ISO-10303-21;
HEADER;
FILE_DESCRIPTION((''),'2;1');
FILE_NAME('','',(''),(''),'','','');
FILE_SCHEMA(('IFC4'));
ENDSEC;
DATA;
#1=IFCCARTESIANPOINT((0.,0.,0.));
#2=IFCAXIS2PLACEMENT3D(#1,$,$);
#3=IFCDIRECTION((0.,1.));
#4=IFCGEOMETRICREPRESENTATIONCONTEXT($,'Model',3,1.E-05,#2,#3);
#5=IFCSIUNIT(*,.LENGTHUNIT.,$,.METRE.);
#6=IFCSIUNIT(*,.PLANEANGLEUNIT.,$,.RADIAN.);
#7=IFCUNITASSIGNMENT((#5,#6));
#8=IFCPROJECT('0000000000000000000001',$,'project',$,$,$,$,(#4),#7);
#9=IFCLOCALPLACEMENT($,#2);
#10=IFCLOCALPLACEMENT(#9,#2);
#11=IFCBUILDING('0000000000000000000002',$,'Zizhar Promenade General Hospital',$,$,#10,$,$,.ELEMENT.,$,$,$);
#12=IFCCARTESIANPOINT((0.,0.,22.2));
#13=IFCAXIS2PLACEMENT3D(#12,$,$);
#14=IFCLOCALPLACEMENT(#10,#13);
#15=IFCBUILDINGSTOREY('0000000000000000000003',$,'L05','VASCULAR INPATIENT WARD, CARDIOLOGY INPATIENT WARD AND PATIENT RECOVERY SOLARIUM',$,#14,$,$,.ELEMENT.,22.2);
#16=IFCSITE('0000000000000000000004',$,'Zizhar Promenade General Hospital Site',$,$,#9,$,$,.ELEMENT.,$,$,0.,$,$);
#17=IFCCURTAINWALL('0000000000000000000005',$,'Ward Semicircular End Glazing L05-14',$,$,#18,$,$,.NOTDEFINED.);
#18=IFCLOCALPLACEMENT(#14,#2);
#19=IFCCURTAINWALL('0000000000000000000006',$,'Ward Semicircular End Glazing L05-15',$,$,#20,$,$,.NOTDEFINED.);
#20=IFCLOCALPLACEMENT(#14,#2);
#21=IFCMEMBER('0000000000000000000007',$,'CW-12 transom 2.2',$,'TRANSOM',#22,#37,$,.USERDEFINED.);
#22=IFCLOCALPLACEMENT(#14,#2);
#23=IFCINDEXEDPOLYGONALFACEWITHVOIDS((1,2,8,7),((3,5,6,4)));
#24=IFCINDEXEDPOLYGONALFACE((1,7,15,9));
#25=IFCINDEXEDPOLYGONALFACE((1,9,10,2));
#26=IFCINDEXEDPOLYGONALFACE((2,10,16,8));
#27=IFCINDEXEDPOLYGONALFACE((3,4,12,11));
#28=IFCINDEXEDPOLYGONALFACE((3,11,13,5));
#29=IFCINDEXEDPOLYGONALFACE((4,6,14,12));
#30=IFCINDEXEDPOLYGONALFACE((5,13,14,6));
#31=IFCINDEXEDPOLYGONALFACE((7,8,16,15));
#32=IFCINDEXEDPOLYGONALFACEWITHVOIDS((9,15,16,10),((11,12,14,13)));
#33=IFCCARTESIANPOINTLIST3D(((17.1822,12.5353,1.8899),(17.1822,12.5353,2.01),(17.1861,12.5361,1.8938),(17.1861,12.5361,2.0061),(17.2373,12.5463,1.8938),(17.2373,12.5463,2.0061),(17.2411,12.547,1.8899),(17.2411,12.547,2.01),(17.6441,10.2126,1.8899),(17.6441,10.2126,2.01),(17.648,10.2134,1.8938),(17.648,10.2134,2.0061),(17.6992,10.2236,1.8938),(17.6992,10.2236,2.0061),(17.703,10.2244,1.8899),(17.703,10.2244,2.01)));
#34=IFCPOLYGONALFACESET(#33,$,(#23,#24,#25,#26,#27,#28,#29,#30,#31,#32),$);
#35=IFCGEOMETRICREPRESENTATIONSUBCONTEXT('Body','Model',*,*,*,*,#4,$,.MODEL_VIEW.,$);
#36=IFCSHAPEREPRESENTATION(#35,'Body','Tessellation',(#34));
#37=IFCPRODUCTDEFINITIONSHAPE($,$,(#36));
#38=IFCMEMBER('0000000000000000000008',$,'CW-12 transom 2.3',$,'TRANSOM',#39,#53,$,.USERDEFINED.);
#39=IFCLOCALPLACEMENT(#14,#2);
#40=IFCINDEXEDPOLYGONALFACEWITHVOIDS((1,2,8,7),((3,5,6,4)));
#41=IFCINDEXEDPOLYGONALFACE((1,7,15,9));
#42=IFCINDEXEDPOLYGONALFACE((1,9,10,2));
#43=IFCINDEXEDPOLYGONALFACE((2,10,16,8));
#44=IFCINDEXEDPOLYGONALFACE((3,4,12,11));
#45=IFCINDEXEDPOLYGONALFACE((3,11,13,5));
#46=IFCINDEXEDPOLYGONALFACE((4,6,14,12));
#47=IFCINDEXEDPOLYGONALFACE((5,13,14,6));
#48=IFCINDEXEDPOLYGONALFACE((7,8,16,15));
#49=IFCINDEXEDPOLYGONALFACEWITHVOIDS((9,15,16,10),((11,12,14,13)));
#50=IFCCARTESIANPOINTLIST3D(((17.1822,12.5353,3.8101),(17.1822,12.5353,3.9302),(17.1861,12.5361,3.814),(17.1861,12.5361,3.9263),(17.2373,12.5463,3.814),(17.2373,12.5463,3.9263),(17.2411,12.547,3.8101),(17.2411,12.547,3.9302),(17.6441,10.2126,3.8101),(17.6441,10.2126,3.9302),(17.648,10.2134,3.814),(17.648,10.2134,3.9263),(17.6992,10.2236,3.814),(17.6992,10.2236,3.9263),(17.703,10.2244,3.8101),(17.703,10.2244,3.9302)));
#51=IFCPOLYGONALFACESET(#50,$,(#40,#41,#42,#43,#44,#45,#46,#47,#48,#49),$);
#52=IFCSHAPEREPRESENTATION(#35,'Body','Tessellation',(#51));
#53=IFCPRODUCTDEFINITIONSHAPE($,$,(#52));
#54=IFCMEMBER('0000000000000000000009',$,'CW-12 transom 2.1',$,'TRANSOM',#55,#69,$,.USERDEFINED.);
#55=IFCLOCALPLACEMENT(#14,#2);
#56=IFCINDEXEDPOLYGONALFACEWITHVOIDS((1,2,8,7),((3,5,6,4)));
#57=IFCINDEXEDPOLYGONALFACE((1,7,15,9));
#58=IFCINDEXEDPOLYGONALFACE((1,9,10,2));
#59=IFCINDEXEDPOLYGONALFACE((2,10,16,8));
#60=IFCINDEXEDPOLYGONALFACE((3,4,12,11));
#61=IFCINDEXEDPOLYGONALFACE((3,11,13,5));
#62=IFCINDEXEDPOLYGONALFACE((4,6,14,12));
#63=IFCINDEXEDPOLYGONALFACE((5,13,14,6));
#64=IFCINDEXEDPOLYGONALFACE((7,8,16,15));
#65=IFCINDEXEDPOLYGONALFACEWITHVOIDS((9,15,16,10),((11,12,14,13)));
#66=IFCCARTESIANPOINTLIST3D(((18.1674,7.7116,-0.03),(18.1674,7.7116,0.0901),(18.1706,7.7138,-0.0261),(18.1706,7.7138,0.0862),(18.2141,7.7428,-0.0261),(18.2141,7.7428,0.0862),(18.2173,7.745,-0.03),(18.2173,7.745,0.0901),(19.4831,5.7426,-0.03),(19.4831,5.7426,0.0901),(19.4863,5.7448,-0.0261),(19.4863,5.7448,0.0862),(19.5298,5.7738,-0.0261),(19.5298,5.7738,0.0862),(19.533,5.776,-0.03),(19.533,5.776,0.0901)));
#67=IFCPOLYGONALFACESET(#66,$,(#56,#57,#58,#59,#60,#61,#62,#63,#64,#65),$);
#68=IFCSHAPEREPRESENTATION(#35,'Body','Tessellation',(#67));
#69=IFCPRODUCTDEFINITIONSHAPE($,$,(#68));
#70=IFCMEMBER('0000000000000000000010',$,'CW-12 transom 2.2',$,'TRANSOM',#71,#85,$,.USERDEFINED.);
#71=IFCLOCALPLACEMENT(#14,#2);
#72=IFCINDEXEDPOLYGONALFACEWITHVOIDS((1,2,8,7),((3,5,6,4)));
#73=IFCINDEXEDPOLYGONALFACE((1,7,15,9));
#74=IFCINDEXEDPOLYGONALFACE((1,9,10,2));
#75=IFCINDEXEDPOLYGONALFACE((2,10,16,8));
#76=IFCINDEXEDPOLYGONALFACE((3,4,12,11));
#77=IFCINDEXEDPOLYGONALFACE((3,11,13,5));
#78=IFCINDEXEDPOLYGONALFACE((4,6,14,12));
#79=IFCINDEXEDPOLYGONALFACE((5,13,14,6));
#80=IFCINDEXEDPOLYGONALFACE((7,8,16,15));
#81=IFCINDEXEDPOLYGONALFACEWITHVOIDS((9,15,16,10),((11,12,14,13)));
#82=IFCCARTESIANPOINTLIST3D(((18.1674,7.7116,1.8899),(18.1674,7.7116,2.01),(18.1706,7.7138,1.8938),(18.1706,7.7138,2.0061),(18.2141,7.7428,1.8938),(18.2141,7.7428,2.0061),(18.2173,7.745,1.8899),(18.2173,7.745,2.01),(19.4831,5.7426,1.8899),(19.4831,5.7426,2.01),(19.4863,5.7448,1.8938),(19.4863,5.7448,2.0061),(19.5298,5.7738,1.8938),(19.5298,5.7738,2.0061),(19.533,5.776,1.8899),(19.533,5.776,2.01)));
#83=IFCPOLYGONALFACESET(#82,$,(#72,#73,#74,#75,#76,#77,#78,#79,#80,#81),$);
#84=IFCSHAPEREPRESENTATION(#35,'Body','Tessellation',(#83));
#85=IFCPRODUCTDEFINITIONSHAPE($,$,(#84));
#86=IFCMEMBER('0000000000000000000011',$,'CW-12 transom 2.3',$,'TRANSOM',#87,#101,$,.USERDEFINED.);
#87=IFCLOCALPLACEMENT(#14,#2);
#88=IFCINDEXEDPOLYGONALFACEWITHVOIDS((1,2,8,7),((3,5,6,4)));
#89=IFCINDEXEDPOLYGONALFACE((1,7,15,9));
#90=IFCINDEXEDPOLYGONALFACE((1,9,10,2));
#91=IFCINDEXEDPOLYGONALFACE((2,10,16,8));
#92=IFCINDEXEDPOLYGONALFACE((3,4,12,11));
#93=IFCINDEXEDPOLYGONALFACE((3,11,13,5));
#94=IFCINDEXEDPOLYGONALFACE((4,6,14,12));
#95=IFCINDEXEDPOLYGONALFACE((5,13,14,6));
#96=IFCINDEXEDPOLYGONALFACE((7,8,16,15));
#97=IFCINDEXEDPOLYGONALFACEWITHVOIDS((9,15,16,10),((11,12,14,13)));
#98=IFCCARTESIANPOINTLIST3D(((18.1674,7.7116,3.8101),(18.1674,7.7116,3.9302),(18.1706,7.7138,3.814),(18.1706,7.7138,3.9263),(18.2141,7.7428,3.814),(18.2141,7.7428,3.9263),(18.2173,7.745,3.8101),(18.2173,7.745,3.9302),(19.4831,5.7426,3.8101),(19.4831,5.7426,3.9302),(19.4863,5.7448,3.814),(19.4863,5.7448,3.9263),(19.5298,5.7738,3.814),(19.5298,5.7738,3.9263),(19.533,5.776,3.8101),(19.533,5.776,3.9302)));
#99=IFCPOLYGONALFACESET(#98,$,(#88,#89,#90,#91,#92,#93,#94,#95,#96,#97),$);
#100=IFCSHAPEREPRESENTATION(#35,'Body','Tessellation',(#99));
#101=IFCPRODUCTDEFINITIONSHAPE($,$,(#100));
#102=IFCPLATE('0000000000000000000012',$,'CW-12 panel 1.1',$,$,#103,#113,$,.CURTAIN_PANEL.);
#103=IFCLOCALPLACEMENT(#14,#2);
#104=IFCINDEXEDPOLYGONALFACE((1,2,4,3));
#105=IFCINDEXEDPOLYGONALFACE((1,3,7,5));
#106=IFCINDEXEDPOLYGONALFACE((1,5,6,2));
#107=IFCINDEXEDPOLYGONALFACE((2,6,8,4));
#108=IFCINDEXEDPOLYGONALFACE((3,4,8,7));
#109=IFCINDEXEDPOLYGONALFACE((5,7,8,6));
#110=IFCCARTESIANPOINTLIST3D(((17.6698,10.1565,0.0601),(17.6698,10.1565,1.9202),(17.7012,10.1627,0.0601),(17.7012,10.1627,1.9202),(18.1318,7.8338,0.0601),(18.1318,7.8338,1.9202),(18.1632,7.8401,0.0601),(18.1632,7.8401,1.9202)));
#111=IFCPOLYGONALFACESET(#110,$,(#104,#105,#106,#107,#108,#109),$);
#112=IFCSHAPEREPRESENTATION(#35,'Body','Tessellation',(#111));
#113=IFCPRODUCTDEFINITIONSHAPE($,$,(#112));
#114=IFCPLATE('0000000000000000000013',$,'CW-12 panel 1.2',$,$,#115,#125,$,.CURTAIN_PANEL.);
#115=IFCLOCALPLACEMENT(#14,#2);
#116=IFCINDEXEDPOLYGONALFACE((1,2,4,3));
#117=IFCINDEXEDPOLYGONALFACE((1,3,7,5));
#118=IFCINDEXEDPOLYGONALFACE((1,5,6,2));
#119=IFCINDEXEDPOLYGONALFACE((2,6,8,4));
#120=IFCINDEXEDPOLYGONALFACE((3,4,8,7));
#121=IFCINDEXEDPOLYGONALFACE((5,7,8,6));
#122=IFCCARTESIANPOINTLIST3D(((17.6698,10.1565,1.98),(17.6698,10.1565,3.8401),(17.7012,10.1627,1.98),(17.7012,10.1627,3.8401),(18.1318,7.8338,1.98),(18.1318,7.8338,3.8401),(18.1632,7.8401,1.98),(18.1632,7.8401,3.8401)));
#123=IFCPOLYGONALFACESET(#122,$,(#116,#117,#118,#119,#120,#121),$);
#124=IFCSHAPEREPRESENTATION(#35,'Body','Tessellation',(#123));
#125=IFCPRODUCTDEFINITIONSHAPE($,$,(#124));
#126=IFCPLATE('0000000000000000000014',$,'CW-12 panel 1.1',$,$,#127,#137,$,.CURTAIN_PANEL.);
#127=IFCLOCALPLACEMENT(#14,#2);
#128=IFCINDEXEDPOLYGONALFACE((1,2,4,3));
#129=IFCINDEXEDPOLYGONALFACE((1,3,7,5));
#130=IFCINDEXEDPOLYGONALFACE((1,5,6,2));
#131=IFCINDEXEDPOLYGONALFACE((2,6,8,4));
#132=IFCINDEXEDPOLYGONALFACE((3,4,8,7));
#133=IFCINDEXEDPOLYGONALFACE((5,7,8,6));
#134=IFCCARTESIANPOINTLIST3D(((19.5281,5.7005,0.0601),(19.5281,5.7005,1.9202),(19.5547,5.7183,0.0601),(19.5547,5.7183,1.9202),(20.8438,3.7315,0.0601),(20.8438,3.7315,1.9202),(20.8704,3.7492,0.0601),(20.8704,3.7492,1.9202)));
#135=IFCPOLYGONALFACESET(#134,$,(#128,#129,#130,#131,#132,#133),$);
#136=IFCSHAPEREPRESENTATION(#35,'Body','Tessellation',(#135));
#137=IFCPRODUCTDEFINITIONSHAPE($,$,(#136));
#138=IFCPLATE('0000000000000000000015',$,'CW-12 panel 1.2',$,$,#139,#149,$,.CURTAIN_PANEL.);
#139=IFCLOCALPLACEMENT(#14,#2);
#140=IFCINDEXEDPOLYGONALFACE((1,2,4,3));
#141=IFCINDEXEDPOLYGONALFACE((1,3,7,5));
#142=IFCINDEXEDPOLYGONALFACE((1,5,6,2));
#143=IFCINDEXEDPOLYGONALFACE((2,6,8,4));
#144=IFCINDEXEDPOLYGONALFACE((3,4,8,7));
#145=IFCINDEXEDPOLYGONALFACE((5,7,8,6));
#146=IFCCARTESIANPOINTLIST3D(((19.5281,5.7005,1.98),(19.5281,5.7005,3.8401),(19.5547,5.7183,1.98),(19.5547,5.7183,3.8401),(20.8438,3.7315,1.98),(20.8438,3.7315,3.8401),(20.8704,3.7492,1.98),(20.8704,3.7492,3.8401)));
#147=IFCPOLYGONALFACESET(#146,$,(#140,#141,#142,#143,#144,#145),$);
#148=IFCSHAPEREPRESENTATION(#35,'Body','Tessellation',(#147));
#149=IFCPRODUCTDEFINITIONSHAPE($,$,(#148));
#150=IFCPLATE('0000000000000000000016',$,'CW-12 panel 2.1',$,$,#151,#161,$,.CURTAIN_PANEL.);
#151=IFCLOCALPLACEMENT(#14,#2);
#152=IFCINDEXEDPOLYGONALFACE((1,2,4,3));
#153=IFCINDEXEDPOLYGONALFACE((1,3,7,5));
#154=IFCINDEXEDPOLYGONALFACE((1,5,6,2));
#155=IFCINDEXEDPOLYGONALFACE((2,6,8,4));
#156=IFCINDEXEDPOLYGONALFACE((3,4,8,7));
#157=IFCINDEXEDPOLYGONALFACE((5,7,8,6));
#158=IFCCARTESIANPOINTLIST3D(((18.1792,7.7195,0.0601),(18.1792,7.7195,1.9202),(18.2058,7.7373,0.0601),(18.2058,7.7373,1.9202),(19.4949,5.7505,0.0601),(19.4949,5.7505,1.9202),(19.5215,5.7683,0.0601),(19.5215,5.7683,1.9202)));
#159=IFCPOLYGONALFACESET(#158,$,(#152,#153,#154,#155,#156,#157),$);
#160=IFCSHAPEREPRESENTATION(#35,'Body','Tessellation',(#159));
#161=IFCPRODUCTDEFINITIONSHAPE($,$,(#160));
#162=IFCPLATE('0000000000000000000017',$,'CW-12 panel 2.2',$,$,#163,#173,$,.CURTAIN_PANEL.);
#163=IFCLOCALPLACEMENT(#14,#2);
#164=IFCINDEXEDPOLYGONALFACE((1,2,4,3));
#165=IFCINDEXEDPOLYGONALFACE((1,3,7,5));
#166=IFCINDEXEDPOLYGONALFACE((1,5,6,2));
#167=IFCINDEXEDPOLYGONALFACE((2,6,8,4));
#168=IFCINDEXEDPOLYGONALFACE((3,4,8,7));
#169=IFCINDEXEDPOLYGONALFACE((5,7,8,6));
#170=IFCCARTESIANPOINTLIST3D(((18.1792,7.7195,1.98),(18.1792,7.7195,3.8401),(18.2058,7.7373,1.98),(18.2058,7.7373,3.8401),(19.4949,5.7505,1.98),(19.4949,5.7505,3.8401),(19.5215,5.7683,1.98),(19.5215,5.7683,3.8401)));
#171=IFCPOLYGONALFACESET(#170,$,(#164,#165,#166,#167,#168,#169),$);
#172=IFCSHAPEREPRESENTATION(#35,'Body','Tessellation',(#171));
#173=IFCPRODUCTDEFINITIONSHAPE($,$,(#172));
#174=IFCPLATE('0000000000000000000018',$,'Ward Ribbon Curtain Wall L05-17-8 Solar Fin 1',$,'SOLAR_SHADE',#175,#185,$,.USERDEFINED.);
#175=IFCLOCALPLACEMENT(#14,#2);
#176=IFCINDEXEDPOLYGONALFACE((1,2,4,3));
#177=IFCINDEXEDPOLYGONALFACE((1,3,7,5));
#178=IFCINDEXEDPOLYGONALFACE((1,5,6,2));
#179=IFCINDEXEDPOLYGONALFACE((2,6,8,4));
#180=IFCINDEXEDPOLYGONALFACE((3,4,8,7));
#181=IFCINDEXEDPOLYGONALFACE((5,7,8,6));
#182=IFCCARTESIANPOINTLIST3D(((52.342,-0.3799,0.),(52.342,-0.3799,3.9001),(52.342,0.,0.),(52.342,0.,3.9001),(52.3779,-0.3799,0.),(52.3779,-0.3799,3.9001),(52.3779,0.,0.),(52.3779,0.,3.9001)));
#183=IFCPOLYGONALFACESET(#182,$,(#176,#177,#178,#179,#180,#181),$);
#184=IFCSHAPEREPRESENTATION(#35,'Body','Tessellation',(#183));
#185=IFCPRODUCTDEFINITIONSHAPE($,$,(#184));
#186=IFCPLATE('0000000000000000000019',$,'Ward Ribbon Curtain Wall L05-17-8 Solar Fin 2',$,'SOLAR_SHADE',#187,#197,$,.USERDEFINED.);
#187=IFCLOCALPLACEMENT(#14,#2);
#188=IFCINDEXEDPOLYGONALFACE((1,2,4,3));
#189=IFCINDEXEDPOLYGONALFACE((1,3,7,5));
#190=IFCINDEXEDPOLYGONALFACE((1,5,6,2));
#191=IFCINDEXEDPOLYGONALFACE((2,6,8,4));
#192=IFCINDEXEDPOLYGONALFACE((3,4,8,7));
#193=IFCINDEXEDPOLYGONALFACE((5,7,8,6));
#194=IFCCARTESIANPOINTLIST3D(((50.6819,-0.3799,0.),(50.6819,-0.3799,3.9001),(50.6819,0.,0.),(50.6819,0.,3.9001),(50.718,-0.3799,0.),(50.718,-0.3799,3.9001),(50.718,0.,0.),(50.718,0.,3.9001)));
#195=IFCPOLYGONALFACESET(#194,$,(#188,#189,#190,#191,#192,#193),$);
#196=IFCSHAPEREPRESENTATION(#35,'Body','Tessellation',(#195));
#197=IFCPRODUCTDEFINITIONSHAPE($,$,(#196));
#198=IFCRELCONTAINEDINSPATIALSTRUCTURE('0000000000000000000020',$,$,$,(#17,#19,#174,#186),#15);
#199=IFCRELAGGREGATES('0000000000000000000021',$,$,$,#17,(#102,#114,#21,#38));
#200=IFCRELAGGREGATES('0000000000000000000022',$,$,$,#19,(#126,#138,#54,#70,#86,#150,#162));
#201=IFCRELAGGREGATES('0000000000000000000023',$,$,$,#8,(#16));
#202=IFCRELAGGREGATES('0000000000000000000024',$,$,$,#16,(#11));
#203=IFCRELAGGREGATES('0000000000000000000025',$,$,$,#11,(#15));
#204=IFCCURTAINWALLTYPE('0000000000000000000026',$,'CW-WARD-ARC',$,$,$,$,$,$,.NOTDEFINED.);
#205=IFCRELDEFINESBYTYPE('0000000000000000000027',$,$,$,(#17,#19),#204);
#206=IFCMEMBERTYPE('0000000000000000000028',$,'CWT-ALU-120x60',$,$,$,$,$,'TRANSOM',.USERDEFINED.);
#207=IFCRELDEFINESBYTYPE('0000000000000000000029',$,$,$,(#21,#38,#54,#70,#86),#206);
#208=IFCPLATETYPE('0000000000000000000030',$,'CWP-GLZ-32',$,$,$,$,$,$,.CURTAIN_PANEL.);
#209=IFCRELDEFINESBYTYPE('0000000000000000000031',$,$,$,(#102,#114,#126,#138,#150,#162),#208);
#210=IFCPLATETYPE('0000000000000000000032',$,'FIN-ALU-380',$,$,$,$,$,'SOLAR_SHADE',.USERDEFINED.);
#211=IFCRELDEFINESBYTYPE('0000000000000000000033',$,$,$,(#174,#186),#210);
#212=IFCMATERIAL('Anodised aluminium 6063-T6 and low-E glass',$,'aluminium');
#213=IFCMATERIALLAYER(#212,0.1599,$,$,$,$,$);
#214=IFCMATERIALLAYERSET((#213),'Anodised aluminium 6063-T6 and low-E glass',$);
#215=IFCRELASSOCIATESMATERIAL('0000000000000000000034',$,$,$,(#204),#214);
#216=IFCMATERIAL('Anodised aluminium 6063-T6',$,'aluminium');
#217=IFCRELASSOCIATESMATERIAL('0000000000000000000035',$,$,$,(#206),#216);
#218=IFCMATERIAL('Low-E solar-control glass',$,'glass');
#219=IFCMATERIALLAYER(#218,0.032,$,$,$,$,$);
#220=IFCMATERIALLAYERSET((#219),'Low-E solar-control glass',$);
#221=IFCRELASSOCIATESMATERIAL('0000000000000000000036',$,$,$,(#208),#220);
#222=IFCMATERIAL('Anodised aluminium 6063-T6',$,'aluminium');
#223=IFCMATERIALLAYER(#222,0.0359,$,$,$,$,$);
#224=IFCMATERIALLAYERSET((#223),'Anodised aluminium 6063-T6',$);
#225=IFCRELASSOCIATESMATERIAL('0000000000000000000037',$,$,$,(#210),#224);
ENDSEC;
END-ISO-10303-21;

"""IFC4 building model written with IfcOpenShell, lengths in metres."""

from ifc_helpers import new_model, si_unit, direction, frame, origin, origin_2d, place, context, subcontext, project, spatial, polyline, rectangle, hollow_rectangle, outline, extrude, material, layer, layer_set, material_profile, profile_set, type_object, element, aggregate, save


model = new_model("IFC4")

# Units and contexts
model_context = context("Model", 3, precision=1e-05, world=origin(), true_north=direction((0.0, 1.0)))
body_context = subcontext(model_context, "Body", "Model", "MODEL_VIEW")
ifc_project = project(units=[si_unit("LENGTHUNIT", "METRE"), si_unit("PLANEANGLEUNIT", "RADIAN")], contexts=[model_context])

# Site, building, storey
site_placement = place(None, origin())
site = spatial("IfcSite", under=ifc_project, at=site_placement, Name="Zizhar Promenade General Hospital Site", CompositionType="ELEMENT", RefElevation=0.0)
building_placement = place(site_placement, origin())
building = spatial("IfcBuilding", under=site, at=building_placement, Name="Zizhar Promenade General Hospital", CompositionType="ELEMENT")
storey_placement = place(building_placement, frame((0.0, 0.0, 22.2)))
storey = spatial("IfcBuildingStorey", under=building, at=storey_placement, Name="L05", Description="VASCULAR INPATIENT WARD, CARDIOLOGY INPATIENT WARD AND PATIENT RECOVERY SOLARIUM", CompositionType="ELEMENT", Elevation=22.2)

# Curtain walls
ifc_material_1 = material(Name="Anodised aluminium 6063-T6 and low-E glass", Category="aluminium")
ifc_layer_1 = layer(ifc_material_1, 0.1599)
ifc_layer_set_1 = layer_set([ifc_layer_1], Name="Anodised aluminium 6063-T6 and low-E glass")
curtain_wall_type = type_object("IfcCurtainWallType", Name="CW-WARD-ARC", PredefinedType="NOTDEFINED", material=ifc_layer_set_1)
curtain_wall_1_placement = place(storey_placement, origin())
curtain_wall_1 = element("IfcCurtainWall", 1, at=curtain_wall_1_placement, inside=storey, type_object=curtain_wall_type, Name="Ward Semicircular End Glazing L05-14", PredefinedType="NOTDEFINED")
curtain_wall_2_placement = place(storey_placement, origin())
curtain_wall_2 = element("IfcCurtainWall", 2, at=curtain_wall_2_placement, inside=storey, type_object=curtain_wall_type, Name="Ward Semicircular End Glazing L05-15", PredefinedType="NOTDEFINED")

# Members
ifc_material_2 = material(Name="Anodised aluminium 6063-T6", Category="aluminium")
ifc_material_profile_1 = material_profile(ifc_material_2, hollow_rectangle(XDim=0.0601, YDim=0.1201, WallThickness=0.0039, at=origin_2d()))
ifc_profile_set_1 = profile_set([ifc_material_profile_1], Name="Anodised aluminium 6063-T6")
member_type_1 = type_object("IfcMemberType", Name="CWT-ALU-120x60", ElementType="TRANSOM", PredefinedType="USERDEFINED", material=ifc_profile_set_1)
member_1_placement = place(storey_placement, frame((17.6736, 10.2185, 1.95), z_axis=(-0.195045, 0.980794, 0.0), x_axis=(-0.980794, -0.195045, 0.0)))
member_1 = element("IfcMember", 3, at=member_1_placement, type_object=member_type_1, Name="CW-12 transom 2.2", ObjectType="TRANSOM", PredefinedType="USERDEFINED", context=body_context, shape_type="SweptSolid", body=[
    extrude(hollow_rectangle(XDim=0.0601, YDim=0.1201, WallThickness=0.0039, at=origin_2d()), origin(), (0.0, 0.0, 1.0), 2.3682),
])
member_2_placement = place(storey_placement, frame((17.6736, 10.2185, 3.8701), z_axis=(-0.195045, 0.980794, 0.0), x_axis=(-0.980794, -0.195045, 0.0)))
member_2 = element("IfcMember", 4, at=member_2_placement, type_object=member_type_1, Name="CW-12 transom 2.3", ObjectType="TRANSOM", PredefinedType="USERDEFINED", context=body_context, shape_type="SweptSolid", body=[
    extrude(hollow_rectangle(XDim=0.0601, YDim=0.1201, WallThickness=0.0039, at=origin_2d()), origin(), (0.0, 0.0, 1.0), 2.3682),
])
member_3_placement = place(storey_placement, frame((19.5081, 5.7593, 0.03), z_axis=(-0.55558, 0.831463, 0.0), x_axis=(-0.831463, -0.55558, 0.0)))
member_3 = element("IfcMember", 5, at=member_3_placement, type_object=member_type_1, Name="CW-12 transom 2.1", ObjectType="TRANSOM", PredefinedType="USERDEFINED", context=body_context, shape_type="SweptSolid", body=[
    extrude(hollow_rectangle(XDim=0.0601, YDim=0.1201, WallThickness=0.0039, at=origin_2d()), origin(), (0.0, 0.0, 1.0), 2.3682),
])
member_4_placement = place(storey_placement, frame((19.5081, 5.7593, 1.95), z_axis=(-0.55558, 0.831463, 0.0), x_axis=(-0.831463, -0.55558, 0.0)))
member_4 = element("IfcMember", 6, at=member_4_placement, type_object=member_type_1, Name="CW-12 transom 2.2", ObjectType="TRANSOM", PredefinedType="USERDEFINED", context=body_context, shape_type="SweptSolid", body=[
    extrude(hollow_rectangle(XDim=0.0601, YDim=0.1201, WallThickness=0.0039, at=origin_2d()), origin(), (0.0, 0.0, 1.0), 2.3682),
])
member_5_placement = place(storey_placement, frame((19.5081, 5.7593, 3.8701), z_axis=(-0.55558, 0.831463, 0.0), x_axis=(-0.831463, -0.55558, 0.0)))
member_5 = element("IfcMember", 7, at=member_5_placement, type_object=member_type_1, Name="CW-12 transom 2.3", ObjectType="TRANSOM", PredefinedType="USERDEFINED", context=body_context, shape_type="SweptSolid", body=[
    extrude(hollow_rectangle(XDim=0.0601, YDim=0.1201, WallThickness=0.0039, at=origin_2d()), origin(), (0.0, 0.0, 1.0), 2.3682),
])

# Plates
ifc_material_3 = material(Name="Low-E solar-control glass", Category="glass")
ifc_layer_2 = layer(ifc_material_3, 0.032)
ifc_layer_set_2 = layer_set([ifc_layer_2], Name="Low-E solar-control glass")
plate_type_1 = type_object("IfcPlateType", Name="CWP-GLZ-32", PredefinedType="CURTAIN_PANEL", material=ifc_layer_set_2)
plate_1_placement = place(storey_placement, frame((17.9165, 8.9983, 0.0601), z_axis=(0.0, 0.0, 1.0), x_axis=(-0.195087, 0.980786, 0.0)))
plate_1 = element("IfcPlate", 8, at=plate_1_placement, type_object=plate_type_1, Name="CW-12 panel 1.1", PredefinedType="CURTAIN_PANEL", context=body_context, shape_type="SweptSolid", body=[
    extrude(rectangle(XDim=2.3682, YDim=0.032, at=origin_2d()), origin(), (0.0, 0.0, 1.0), 1.8601),
])
plate_2_placement = place(storey_placement, frame((17.9165, 8.9983, 1.98), z_axis=(0.0, 0.0, 1.0), x_axis=(-0.195087, 0.980786, 0.0)))
plate_2 = element("IfcPlate", 9, at=plate_2_placement, type_object=plate_type_1, Name="CW-12 panel 1.2", PredefinedType="CURTAIN_PANEL", context=body_context, shape_type="SweptSolid", body=[
    extrude(rectangle(XDim=2.3682, YDim=0.032, at=origin_2d()), origin(), (0.0, 0.0, 1.0), 1.8601),
])
aggregate(curtain_wall_1, [plate_1, plate_2, member_1, member_2])
plate_3_placement = place(storey_placement, frame((20.1992, 4.7249, 0.0601), z_axis=(0.0, 0.0, 1.0), x_axis=(-0.555582, 0.831462, 0.0)))
plate_3 = element("IfcPlate", 10, at=plate_3_placement, type_object=plate_type_1, Name="CW-12 panel 1.1", PredefinedType="CURTAIN_PANEL", context=body_context, shape_type="SweptSolid", body=[
    extrude(rectangle(XDim=2.3682, YDim=0.032, at=origin_2d()), origin(), (0.0, 0.0, 1.0), 1.8601),
])
plate_4_placement = place(storey_placement, frame((20.1992, 4.7249, 1.98), z_axis=(0.0, 0.0, 1.0), x_axis=(-0.555582, 0.831462, 0.0)))
plate_4 = element("IfcPlate", 11, at=plate_4_placement, type_object=plate_type_1, Name="CW-12 panel 1.2", PredefinedType="CURTAIN_PANEL", context=body_context, shape_type="SweptSolid", body=[
    extrude(rectangle(XDim=2.3682, YDim=0.032, at=origin_2d()), origin(), (0.0, 0.0, 1.0), 1.8601),
])
plate_5_placement = place(storey_placement, frame((18.8503, 6.7439, 0.0601), z_axis=(0.0, 0.0, 1.0), x_axis=(-0.555582, 0.831462, 0.0)))
plate_5 = element("IfcPlate", 12, at=plate_5_placement, type_object=plate_type_1, Name="CW-12 panel 2.1", PredefinedType="CURTAIN_PANEL", context=body_context, shape_type="SweptSolid", body=[
    extrude(rectangle(XDim=2.3682, YDim=0.032, at=origin_2d()), origin(), (0.0, 0.0, 1.0), 1.8601),
])
plate_6_placement = place(storey_placement, frame((18.8503, 6.7439, 1.98), z_axis=(0.0, 0.0, 1.0), x_axis=(-0.555582, 0.831462, 0.0)))
plate_6 = element("IfcPlate", 13, at=plate_6_placement, type_object=plate_type_1, Name="CW-12 panel 2.2", PredefinedType="CURTAIN_PANEL", context=body_context, shape_type="SweptSolid", body=[
    extrude(rectangle(XDim=2.3682, YDim=0.032, at=origin_2d()), origin(), (0.0, 0.0, 1.0), 1.8601),
])
aggregate(curtain_wall_2, [plate_3, plate_4, member_3, member_4, member_5, plate_5, plate_6])

# Plates
ifc_material_4 = material(Name="Anodised aluminium 6063-T6", Category="aluminium")
ifc_layer_3 = layer(ifc_material_4, 0.0359)
ifc_layer_set_3 = layer_set([ifc_layer_3], Name="Anodised aluminium 6063-T6")
plate_type_2 = type_object("IfcPlateType", Name="FIN-ALU-380", ElementType="SOLAR_SHADE", PredefinedType="USERDEFINED", material=ifc_layer_set_3)
plate_7_placement = place(storey_placement, origin())
element("IfcPlate", 14, at=plate_7_placement, inside=storey, type_object=plate_type_2, Name="Ward Ribbon Curtain Wall L05-17-8 Solar Fin 1", ObjectType="SOLAR_SHADE", PredefinedType="USERDEFINED", context=body_context, shape_type="SweptSolid", body=[
    extrude(outline(polyline([(52.3779, 0.0), (52.342, 0.0), (52.342, -0.3799), (52.3779, -0.3799), (52.3779, 0.0)])), origin(), (0.0, 0.0, 1.0), 3.9001),
])
plate_8_placement = place(storey_placement, origin())
element("IfcPlate", 15, at=plate_8_placement, inside=storey, type_object=plate_type_2, Name="Ward Ribbon Curtain Wall L05-17-8 Solar Fin 2", ObjectType="SOLAR_SHADE", PredefinedType="USERDEFINED", context=body_context, shape_type="SweptSolid", body=[
    extrude(outline(polyline([(50.718, 0.0), (50.6819, 0.0), (50.6819, -0.3799), (50.718, -0.3799), (50.718, 0.0)])), origin(), (0.0, 0.0, 1.0), 3.9001),
])

save(model, "model.ifc")
